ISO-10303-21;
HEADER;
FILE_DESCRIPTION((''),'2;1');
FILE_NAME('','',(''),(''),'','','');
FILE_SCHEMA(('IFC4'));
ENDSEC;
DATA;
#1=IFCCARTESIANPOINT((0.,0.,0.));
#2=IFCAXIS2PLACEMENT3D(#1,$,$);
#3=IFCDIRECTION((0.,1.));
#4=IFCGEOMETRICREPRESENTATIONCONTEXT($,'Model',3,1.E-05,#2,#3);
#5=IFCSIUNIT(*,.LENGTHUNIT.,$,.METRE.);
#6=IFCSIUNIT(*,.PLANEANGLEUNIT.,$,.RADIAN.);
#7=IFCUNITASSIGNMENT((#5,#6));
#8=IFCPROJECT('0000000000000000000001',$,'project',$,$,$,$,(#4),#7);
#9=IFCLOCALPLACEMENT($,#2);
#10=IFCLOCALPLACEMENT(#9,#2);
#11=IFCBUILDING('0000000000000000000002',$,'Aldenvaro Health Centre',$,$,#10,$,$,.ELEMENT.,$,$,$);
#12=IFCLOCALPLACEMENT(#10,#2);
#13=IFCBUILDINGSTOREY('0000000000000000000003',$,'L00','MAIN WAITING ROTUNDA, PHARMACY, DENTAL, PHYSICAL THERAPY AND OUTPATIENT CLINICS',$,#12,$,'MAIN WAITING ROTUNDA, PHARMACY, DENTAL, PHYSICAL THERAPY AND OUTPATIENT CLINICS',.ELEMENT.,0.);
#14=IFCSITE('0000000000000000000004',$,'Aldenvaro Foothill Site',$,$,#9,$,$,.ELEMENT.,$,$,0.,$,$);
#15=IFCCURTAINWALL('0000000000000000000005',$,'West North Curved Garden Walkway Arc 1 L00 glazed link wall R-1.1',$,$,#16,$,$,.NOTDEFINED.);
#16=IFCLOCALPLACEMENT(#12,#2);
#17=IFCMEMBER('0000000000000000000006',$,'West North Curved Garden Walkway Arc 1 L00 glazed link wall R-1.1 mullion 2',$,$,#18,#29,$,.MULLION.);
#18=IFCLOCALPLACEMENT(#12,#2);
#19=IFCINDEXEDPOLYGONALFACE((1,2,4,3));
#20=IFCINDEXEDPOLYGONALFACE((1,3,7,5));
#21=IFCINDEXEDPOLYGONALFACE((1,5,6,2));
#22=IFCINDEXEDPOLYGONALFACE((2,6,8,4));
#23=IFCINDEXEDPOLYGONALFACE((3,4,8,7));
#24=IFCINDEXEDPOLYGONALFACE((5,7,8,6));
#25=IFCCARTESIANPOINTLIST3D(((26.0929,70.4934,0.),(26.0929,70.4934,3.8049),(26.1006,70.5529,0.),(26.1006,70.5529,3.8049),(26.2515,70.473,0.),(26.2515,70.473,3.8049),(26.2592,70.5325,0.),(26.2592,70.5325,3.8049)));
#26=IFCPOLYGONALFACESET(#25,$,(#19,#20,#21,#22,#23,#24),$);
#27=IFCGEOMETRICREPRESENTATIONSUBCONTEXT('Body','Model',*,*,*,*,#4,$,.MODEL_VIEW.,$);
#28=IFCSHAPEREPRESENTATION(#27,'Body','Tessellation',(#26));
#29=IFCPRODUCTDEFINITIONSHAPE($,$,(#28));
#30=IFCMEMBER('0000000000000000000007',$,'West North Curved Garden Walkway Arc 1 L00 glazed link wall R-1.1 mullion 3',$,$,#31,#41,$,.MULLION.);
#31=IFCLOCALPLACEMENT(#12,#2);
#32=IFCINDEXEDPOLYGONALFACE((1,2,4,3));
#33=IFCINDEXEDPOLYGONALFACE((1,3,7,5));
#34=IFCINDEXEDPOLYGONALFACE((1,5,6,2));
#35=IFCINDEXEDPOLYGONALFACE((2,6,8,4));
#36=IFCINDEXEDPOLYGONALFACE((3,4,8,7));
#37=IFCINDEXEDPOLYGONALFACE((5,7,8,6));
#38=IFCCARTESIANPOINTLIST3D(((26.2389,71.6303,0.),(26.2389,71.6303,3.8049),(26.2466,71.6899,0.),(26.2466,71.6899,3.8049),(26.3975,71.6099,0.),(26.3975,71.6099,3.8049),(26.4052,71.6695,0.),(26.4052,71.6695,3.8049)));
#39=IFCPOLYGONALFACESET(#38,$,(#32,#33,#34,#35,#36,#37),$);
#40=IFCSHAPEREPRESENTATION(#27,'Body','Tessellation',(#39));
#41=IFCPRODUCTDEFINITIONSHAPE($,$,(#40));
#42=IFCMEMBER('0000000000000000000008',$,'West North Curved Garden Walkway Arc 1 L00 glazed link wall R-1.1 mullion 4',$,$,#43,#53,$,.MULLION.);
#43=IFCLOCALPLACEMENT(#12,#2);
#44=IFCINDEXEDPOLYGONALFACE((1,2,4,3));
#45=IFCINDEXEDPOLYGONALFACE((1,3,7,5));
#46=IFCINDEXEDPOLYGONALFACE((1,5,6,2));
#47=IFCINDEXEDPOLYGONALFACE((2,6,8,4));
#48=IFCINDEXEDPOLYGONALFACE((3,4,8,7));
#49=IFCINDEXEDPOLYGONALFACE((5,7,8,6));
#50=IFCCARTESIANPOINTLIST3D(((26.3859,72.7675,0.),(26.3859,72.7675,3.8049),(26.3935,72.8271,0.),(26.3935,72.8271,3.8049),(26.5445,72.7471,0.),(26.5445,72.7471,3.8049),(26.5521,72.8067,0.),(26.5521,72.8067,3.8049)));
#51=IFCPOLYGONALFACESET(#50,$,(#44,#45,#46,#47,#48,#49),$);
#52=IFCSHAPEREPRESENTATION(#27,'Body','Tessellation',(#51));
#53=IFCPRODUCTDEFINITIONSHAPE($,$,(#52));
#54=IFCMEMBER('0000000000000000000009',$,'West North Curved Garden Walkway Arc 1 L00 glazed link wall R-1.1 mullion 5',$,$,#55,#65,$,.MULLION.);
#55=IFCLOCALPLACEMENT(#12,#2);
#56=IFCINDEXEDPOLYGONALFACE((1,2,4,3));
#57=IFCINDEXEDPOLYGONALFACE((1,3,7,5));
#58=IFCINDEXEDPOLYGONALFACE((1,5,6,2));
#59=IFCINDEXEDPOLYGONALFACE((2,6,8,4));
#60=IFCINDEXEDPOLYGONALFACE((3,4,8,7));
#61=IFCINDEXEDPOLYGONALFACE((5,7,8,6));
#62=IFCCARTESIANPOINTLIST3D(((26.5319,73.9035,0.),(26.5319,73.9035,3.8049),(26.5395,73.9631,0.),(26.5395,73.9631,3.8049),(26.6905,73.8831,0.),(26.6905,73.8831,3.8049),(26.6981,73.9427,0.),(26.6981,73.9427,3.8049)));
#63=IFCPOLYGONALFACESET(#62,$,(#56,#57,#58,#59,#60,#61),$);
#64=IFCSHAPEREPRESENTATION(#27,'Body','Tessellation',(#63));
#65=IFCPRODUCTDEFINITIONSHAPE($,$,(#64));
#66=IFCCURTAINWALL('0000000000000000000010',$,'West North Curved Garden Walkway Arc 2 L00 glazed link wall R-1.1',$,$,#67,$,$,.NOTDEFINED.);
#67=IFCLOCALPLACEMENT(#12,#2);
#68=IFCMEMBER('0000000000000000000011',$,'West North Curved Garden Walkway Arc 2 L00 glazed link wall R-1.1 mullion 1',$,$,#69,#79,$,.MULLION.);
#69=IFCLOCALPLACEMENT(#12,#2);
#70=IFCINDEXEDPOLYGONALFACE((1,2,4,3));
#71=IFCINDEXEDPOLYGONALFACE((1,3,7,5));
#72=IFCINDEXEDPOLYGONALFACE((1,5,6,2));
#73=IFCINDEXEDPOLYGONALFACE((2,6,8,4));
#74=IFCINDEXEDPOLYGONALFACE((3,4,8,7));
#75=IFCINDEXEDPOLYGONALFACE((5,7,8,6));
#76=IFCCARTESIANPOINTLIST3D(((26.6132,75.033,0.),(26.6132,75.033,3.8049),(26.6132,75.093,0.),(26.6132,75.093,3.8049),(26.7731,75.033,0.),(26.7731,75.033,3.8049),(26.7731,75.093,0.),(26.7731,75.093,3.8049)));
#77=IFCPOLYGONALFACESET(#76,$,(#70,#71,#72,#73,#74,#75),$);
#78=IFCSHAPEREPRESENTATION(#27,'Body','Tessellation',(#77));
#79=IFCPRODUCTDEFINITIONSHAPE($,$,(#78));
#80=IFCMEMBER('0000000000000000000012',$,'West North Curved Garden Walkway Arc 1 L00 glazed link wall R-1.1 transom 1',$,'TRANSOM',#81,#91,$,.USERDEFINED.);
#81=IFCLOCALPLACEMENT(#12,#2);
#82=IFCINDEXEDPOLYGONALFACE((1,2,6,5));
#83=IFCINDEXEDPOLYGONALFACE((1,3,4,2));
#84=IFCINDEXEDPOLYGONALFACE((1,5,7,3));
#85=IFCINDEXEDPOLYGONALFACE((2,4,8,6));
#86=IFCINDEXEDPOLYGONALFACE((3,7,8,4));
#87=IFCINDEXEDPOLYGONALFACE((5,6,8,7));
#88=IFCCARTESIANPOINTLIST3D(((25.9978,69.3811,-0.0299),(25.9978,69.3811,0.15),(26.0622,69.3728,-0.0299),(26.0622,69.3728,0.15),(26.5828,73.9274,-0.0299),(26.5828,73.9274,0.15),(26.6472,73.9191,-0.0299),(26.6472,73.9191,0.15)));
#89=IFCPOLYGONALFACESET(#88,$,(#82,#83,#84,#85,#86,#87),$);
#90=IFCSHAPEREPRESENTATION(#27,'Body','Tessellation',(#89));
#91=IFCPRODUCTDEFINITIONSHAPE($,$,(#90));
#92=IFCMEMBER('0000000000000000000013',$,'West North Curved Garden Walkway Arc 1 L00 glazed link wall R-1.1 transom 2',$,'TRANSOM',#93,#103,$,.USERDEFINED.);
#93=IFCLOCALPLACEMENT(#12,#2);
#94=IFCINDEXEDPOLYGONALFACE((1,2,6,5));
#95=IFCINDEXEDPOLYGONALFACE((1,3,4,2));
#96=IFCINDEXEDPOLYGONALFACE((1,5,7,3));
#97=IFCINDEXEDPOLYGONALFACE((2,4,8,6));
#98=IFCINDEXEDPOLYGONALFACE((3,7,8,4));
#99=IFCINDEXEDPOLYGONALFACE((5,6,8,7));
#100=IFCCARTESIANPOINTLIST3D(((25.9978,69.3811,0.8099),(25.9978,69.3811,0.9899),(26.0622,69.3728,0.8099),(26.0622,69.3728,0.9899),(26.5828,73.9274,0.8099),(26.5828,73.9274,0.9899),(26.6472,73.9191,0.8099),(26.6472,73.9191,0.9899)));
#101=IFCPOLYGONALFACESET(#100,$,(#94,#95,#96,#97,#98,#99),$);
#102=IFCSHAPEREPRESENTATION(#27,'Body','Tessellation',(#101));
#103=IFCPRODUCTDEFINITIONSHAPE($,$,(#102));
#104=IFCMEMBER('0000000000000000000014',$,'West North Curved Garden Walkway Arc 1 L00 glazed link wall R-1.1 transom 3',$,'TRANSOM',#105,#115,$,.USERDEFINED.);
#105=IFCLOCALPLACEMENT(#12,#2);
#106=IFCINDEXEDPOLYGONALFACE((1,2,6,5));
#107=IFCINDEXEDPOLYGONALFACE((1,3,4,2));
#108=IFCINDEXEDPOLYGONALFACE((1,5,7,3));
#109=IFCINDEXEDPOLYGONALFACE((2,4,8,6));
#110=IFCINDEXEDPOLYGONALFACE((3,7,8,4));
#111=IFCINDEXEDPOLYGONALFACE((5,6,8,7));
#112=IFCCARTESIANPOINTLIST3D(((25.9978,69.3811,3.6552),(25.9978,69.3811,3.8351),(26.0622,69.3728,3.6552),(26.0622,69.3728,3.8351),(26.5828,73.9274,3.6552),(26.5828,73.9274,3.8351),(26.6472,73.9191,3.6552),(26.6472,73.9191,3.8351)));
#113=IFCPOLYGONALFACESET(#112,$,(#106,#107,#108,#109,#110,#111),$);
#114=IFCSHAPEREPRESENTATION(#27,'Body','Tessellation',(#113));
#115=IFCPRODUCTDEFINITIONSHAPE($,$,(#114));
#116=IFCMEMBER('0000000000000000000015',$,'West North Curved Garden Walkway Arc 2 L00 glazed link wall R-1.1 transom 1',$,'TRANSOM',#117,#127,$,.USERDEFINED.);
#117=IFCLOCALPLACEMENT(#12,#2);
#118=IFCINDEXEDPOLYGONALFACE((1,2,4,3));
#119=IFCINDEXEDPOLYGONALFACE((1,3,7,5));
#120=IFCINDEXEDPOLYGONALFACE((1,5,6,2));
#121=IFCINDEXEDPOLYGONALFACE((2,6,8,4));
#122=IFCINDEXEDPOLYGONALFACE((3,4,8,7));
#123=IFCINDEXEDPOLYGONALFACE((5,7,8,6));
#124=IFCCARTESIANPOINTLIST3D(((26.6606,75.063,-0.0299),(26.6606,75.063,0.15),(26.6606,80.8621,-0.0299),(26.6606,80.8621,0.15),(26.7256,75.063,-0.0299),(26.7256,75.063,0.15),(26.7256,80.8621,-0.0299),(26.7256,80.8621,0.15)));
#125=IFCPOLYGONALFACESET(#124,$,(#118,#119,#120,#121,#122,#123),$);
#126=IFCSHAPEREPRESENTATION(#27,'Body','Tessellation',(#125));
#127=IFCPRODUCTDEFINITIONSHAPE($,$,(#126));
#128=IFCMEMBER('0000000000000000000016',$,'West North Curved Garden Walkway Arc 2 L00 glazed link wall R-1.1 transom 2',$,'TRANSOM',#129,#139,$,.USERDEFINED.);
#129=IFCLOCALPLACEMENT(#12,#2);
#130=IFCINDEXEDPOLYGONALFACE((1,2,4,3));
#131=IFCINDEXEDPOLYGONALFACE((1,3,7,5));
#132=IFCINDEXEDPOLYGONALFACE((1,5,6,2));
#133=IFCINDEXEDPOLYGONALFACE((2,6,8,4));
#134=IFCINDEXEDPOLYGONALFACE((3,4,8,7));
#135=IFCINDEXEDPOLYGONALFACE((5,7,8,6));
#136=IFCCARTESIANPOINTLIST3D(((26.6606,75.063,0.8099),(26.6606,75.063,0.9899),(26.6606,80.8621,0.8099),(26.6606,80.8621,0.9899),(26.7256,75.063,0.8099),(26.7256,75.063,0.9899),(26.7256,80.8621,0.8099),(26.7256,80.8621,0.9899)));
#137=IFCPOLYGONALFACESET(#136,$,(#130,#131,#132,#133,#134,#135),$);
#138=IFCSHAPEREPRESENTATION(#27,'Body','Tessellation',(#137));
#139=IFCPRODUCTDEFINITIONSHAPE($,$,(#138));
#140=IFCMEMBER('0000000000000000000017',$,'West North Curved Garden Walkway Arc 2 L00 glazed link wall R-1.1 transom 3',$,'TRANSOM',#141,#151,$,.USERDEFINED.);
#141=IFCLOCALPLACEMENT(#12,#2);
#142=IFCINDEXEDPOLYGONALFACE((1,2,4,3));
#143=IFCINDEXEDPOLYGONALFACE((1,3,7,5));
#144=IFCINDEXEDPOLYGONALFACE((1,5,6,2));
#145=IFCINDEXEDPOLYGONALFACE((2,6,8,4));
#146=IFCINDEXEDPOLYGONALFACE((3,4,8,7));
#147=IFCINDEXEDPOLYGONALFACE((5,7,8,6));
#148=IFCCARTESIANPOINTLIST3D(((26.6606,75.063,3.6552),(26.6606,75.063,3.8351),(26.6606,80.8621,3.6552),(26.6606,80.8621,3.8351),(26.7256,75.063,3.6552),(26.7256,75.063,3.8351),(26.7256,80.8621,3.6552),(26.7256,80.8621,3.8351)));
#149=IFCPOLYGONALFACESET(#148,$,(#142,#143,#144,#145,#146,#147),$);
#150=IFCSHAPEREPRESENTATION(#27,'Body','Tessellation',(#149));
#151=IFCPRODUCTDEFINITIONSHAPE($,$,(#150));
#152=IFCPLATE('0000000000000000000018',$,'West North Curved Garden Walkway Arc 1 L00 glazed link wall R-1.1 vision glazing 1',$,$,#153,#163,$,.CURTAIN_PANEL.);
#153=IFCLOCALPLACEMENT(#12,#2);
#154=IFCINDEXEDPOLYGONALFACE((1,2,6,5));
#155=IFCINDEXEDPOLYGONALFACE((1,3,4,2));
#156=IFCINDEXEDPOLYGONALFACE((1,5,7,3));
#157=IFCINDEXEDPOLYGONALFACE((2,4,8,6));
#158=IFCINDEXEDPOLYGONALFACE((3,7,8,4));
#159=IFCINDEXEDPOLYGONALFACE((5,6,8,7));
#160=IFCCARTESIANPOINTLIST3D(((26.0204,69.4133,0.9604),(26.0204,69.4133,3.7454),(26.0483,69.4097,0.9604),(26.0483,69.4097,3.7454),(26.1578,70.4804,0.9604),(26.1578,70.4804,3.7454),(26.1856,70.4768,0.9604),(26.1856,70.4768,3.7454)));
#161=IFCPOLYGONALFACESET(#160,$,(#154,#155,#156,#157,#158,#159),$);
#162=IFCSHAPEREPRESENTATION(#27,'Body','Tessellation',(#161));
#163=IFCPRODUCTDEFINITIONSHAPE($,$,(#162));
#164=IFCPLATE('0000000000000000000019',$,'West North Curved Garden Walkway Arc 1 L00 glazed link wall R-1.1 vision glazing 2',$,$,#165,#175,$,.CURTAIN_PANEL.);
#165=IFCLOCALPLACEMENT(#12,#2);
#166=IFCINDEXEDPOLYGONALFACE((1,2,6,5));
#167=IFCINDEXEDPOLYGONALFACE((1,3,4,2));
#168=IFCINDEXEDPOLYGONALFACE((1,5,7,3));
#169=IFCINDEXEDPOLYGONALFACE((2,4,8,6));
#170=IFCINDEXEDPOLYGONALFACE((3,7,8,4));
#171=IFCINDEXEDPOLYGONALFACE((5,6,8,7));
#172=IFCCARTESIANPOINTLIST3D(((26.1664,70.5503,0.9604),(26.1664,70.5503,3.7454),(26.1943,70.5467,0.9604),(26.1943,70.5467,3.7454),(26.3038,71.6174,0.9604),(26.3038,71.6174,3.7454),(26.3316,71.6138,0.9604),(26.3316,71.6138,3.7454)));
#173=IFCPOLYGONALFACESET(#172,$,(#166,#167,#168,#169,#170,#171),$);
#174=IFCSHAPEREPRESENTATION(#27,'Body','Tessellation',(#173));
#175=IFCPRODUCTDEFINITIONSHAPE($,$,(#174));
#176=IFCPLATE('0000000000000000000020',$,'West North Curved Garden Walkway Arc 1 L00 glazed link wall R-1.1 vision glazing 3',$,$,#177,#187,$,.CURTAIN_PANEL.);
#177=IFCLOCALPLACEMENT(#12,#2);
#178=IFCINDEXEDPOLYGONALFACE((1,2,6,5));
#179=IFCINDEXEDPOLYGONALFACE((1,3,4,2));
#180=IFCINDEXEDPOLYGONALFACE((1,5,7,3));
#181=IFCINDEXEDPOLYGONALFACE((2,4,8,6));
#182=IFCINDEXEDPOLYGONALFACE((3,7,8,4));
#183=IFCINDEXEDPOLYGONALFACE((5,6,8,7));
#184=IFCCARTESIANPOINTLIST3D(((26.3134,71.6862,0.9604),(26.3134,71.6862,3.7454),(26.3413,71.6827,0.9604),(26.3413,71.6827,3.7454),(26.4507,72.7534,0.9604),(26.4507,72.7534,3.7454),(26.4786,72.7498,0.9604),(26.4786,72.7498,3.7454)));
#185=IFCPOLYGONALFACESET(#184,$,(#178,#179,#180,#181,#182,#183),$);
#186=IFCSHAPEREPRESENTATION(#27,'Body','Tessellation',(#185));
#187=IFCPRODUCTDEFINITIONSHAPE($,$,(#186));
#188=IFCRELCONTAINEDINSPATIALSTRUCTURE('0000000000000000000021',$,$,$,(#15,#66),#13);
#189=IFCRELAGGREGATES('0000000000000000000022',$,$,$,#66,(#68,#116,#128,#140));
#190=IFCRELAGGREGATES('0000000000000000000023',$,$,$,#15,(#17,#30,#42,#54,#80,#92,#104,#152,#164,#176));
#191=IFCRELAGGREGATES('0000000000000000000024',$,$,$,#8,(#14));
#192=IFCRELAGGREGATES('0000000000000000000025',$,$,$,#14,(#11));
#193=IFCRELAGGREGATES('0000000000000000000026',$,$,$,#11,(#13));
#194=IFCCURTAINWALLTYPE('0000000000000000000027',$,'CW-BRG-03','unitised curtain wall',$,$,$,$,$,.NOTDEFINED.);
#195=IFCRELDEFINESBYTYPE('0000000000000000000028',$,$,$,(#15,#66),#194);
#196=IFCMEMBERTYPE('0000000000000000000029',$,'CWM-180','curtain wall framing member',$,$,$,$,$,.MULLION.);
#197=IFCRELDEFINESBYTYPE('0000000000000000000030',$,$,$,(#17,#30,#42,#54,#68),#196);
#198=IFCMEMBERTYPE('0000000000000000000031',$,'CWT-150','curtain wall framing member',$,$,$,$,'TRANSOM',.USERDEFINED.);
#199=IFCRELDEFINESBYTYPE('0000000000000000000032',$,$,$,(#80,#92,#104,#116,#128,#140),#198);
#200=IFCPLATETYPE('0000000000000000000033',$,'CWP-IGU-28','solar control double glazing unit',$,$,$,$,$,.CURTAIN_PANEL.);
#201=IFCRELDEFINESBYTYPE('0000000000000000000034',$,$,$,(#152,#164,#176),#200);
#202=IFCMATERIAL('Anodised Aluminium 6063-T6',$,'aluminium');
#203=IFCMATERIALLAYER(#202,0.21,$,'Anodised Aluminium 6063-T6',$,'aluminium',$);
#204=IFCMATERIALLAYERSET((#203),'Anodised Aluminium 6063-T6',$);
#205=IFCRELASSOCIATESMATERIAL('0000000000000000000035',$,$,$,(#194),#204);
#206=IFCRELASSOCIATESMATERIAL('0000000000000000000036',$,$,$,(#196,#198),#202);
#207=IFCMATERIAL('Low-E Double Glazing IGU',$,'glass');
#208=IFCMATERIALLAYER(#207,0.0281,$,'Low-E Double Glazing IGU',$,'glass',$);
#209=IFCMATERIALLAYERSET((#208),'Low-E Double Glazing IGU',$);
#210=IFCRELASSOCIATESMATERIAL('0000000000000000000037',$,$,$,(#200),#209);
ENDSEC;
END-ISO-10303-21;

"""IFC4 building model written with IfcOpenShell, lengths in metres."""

from ifc_helpers import new_model, si_unit, direction, frame, origin, origin_2d, place, context, subcontext, project, spatial, rectangle, extrude, material, layer, layer_set, material_profile, profile_set, type_object, element, aggregate, save


model = new_model("IFC4")

# Units and contexts
model_context = context("Model", 3, precision=1e-05, world=origin(), true_north=direction((0.0, 1.0)))
body_context = subcontext(model_context, "Body", "Model", "MODEL_VIEW")
ifc_project = project(units=[si_unit("LENGTHUNIT", "METRE"), si_unit("PLANEANGLEUNIT", "RADIAN")], contexts=[model_context])

# Site, building, storey
site_placement = place(None, origin())
site = spatial("IfcSite", under=ifc_project, at=site_placement, Name="Aldenvaro Foothill Site", CompositionType="ELEMENT", RefElevation=0.0)
building_placement = place(site_placement, origin())
building = spatial("IfcBuilding", under=site, at=building_placement, Name="Aldenvaro Health Centre", CompositionType="ELEMENT")
storey_placement = place(building_placement, origin())
storey = spatial("IfcBuildingStorey", under=building, at=storey_placement, Name="L00", Description="MAIN WAITING ROTUNDA, PHARMACY, DENTAL, PHYSICAL THERAPY AND OUTPATIENT CLINICS", LongName="MAIN WAITING ROTUNDA, PHARMACY, DENTAL, PHYSICAL THERAPY AND OUTPATIENT CLINICS", CompositionType="ELEMENT", Elevation=0.0)

# Curtain wall, members
ifc_material_1 = material(Name="Anodised Aluminium 6063-T6", Category="aluminium")
ifc_layer_1 = layer(ifc_material_1, 0.21, Name="Anodised Aluminium 6063-T6", Category="aluminium")
ifc_layer_set_1 = layer_set([ifc_layer_1], Name="Anodised Aluminium 6063-T6")
curtain_wall_type = type_object("IfcCurtainWallType", Name="CW-BRG-03", Description="unitised curtain wall", PredefinedType="NOTDEFINED", material=ifc_layer_set_1)
curtain_wall_1_placement = place(storey_placement, origin())
curtain_wall_1 = element("IfcCurtainWall", 1, at=curtain_wall_1_placement, inside=storey, type_object=curtain_wall_type, Name="West North Curved Garden Walkway Arc 1 L00 glazed link wall R-1.1", PredefinedType="NOTDEFINED")
ifc_material_profile_1 = material_profile(ifc_material_1, rectangle(XDim=0.0601, YDim=0.1599, at=origin_2d()), Name="ALU 60x160", Category="aluminium")
ifc_profile_set_1 = profile_set([ifc_material_profile_1], Name="Anodised Aluminium 6063-T6")
member_type_1 = type_object("IfcMemberType", Name="CWM-180", Description="curtain wall framing member", PredefinedType="MULLION", material=ifc_profile_set_1)
member_1_placement = place(storey_placement, frame((26.176, 70.5129, 0.0), z_axis=(0.0, 0.0, 1.0), x_axis=(0.127632, 0.991822, 0.0)))
member_1 = element("IfcMember", 2, at=member_1_placement, type_object=member_type_1, Name="West North Curved Garden Walkway Arc 1 L00 glazed link wall R-1.1 mullion 2", PredefinedType="MULLION", context=body_context, shape_type="SweptSolid", body=[
    extrude(rectangle(XDim=0.0601, YDim=0.1599, at=origin_2d()), origin(), (0.0, 0.0, 1.0), 3.8049),
])
member_2_placement = place(storey_placement, frame((26.322, 71.6499, 0.0), z_axis=(0.0, 0.0, 1.0), x_axis=(0.127632, 0.991822, 0.0)))
member_2 = element("IfcMember", 3, at=member_2_placement, type_object=member_type_1, Name="West North Curved Garden Walkway Arc 1 L00 glazed link wall R-1.1 mullion 3", PredefinedType="MULLION", context=body_context, shape_type="SweptSolid", body=[
    extrude(rectangle(XDim=0.0601, YDim=0.1599, at=origin_2d()), origin(), (0.0, 0.0, 1.0), 3.8049),
])
member_3_placement = place(storey_placement, frame((26.469, 72.7871, 0.0), z_axis=(0.0, 0.0, 1.0), x_axis=(0.127632, 0.991822, 0.0)))
member_3 = element("IfcMember", 4, at=member_3_placement, type_object=member_type_1, Name="West North Curved Garden Walkway Arc 1 L00 glazed link wall R-1.1 mullion 4", PredefinedType="MULLION", context=body_context, shape_type="SweptSolid", body=[
    extrude(rectangle(XDim=0.0601, YDim=0.1599, at=origin_2d()), origin(), (0.0, 0.0, 1.0), 3.8049),
])
member_4_placement = place(storey_placement, frame((26.615, 73.9231, 0.0), z_axis=(0.0, 0.0, 1.0), x_axis=(0.127632, 0.991822, 0.0)))
member_4 = element("IfcMember", 5, at=member_4_placement, type_object=member_type_1, Name="West North Curved Garden Walkway Arc 1 L00 glazed link wall R-1.1 mullion 5", PredefinedType="MULLION", context=body_context, shape_type="SweptSolid", body=[
    extrude(rectangle(XDim=0.0601, YDim=0.1599, at=origin_2d()), origin(), (0.0, 0.0, 1.0), 3.8049),
])

# Curtain wall, member
curtain_wall_2_placement = place(storey_placement, origin())
curtain_wall_2 = element("IfcCurtainWall", 6, at=curtain_wall_2_placement, inside=storey, type_object=curtain_wall_type, Name="West North Curved Garden Walkway Arc 2 L00 glazed link wall R-1.1", PredefinedType="NOTDEFINED")
member_5_placement = place(storey_placement, frame((26.6931, 75.063, 0.0), z_axis=(0.0, 0.0, 1.0), x_axis=(0.0, 1.0, 0.0)))
member_5 = element("IfcMember", 7, at=member_5_placement, type_object=member_type_1, Name="West North Curved Garden Walkway Arc 2 L00 glazed link wall R-1.1 mullion 1", PredefinedType="MULLION", context=body_context, shape_type="SweptSolid", body=[
    extrude(rectangle(XDim=0.0601, YDim=0.1599, at=origin_2d()), origin(), (0.0, 0.0, 1.0), 3.8049),
])

# Members
ifc_material_profile_2 = material_profile(ifc_material_1, rectangle(XDim=0.0649, YDim=0.1799, at=origin_2d()), Name="ALU 65x180", Category="aluminium")
ifc_profile_set_2 = profile_set([ifc_material_profile_2], Name="Anodised Aluminium 6063-T6")
member_type_2 = type_object("IfcMemberType", Name="CWT-150", Description="curtain wall framing member", ElementType="TRANSOM", PredefinedType="USERDEFINED", material=ifc_profile_set_2)
member_6_placement = place(storey_placement, frame((26.03, 69.377, 0.0601), z_axis=(0.12762, 0.991823, 0.0), x_axis=(-0.991823, 0.12762, 0.0)))
member_6 = element("IfcMember", 8, at=member_6_placement, type_object=member_type_2, Name="West North Curved Garden Walkway Arc 1 L00 glazed link wall R-1.1 transom 1", ObjectType="TRANSOM", PredefinedType="USERDEFINED", context=body_context, shape_type="SweptSolid", body=[
    extrude(rectangle(XDim=0.0649, YDim=0.1799, at=origin_2d()), origin(), (0.0, 0.0, 1.0), 4.5837),
])
member_7_placement = place(storey_placement, frame((26.03, 69.377, 0.8999), z_axis=(0.12762, 0.991823, 0.0), x_axis=(-0.991823, 0.12762, 0.0)))
member_7 = element("IfcMember", 9, at=member_7_placement, type_object=member_type_2, Name="West North Curved Garden Walkway Arc 1 L00 glazed link wall R-1.1 transom 2", ObjectType="TRANSOM", PredefinedType="USERDEFINED", context=body_context, shape_type="SweptSolid", body=[
    extrude(rectangle(XDim=0.0649, YDim=0.1799, at=origin_2d()), origin(), (0.0, 0.0, 1.0), 4.5837),
])
member_8_placement = place(storey_placement, frame((26.03, 69.377, 3.7451), z_axis=(0.12762, 0.991823, 0.0), x_axis=(-0.991823, 0.12762, 0.0)))
member_8 = element("IfcMember", 10, at=member_8_placement, type_object=member_type_2, Name="West North Curved Garden Walkway Arc 1 L00 glazed link wall R-1.1 transom 3", ObjectType="TRANSOM", PredefinedType="USERDEFINED", context=body_context, shape_type="SweptSolid", body=[
    extrude(rectangle(XDim=0.0649, YDim=0.1799, at=origin_2d()), origin(), (0.0, 0.0, 1.0), 4.5837),
])
member_9_placement = place(storey_placement, frame((26.6931, 75.063, 0.0601), z_axis=(0.0, 1.0, 0.0), x_axis=(-1.0, 0.0, 0.0)))
member_9 = element("IfcMember", 11, at=member_9_placement, type_object=member_type_2, Name="West North Curved Garden Walkway Arc 2 L00 glazed link wall R-1.1 transom 1", ObjectType="TRANSOM", PredefinedType="USERDEFINED", context=body_context, shape_type="SweptSolid", body=[
    extrude(rectangle(XDim=0.0649, YDim=0.1799, at=origin_2d()), origin(), (0.0, 0.0, 1.0), 5.7991),
])
member_10_placement = place(storey_placement, frame((26.6931, 75.063, 0.8999), z_axis=(0.0, 1.0, 0.0), x_axis=(-1.0, 0.0, 0.0)))
member_10 = element("IfcMember", 12, at=member_10_placement, type_object=member_type_2, Name="West North Curved Garden Walkway Arc 2 L00 glazed link wall R-1.1 transom 2", ObjectType="TRANSOM", PredefinedType="USERDEFINED", context=body_context, shape_type="SweptSolid", body=[
    extrude(rectangle(XDim=0.0649, YDim=0.1799, at=origin_2d()), origin(), (0.0, 0.0, 1.0), 5.7991),
])
member_11_placement = place(storey_placement, frame((26.6931, 75.063, 3.7451), z_axis=(0.0, 1.0, 0.0), x_axis=(-1.0, 0.0, 0.0)))
member_11 = element("IfcMember", 13, at=member_11_placement, type_object=member_type_2, Name="West North Curved Garden Walkway Arc 2 L00 glazed link wall R-1.1 transom 3", ObjectType="TRANSOM", PredefinedType="USERDEFINED", context=body_context, shape_type="SweptSolid", body=[
    extrude(rectangle(XDim=0.0649, YDim=0.1799, at=origin_2d()), origin(), (0.0, 0.0, 1.0), 5.7991),
])
aggregate(curtain_wall_2, [member_5, member_9, member_10, member_11])

# Plates
ifc_material_2 = material(Name="Low-E Double Glazing IGU", Category="glass")
ifc_layer_2 = layer(ifc_material_2, 0.0281, Name="Low-E Double Glazing IGU", Category="glass")
ifc_layer_set_2 = layer_set([ifc_layer_2], Name="Low-E Double Glazing IGU")
plate_type_1 = type_object("IfcPlateType", Name="CWP-IGU-28", Description="solar control double glazing unit", PredefinedType="CURTAIN_PANEL", material=ifc_layer_set_2)
plate_1_placement = place(storey_placement, frame((26.103, 69.9451, 0.9604), z_axis=(0.0, 0.0, 1.0), x_axis=(0.127632, 0.991822, 0.0)))
plate_1 = element("IfcPlate", 14, at=plate_1_placement, type_object=plate_type_1, Name="West North Curved Garden Walkway Arc 1 L00 glazed link wall R-1.1 vision glazing 1", PredefinedType="CURTAIN_PANEL", context=body_context, shape_type="SweptSolid", body=[
    extrude(rectangle(XDim=1.0759, YDim=0.0281, at=origin_2d()), origin(), (0.0, 0.0, 1.0), 2.7849),
])
plate_2_placement = place(storey_placement, frame((26.249, 71.082, 0.9604), z_axis=(0.0, 0.0, 1.0), x_axis=(0.127632, 0.991822, 0.0)))
plate_2 = element("IfcPlate", 15, at=plate_2_placement, type_object=plate_type_1, Name="West North Curved Garden Walkway Arc 1 L00 glazed link wall R-1.1 vision glazing 2", PredefinedType="CURTAIN_PANEL", context=body_context, shape_type="SweptSolid", body=[
    extrude(rectangle(XDim=1.0759, YDim=0.0281, at=origin_2d()), origin(), (0.0, 0.0, 1.0), 2.7849),
])
plate_3_placement = place(storey_placement, frame((26.396, 72.218, 0.9604), z_axis=(0.0, 0.0, 1.0), x_axis=(0.127632, 0.991822, 0.0)))
plate_3 = element("IfcPlate", 16, at=plate_3_placement, type_object=plate_type_1, Name="West North Curved Garden Walkway Arc 1 L00 glazed link wall R-1.1 vision glazing 3", PredefinedType="CURTAIN_PANEL", context=body_context, shape_type="SweptSolid", body=[
    extrude(rectangle(XDim=1.0759, YDim=0.0281, at=origin_2d()), origin(), (0.0, 0.0, 1.0), 2.7849),
])
aggregate(curtain_wall_1, [member_1, member_2, member_3, member_4, member_6, member_7, member_8, plate_1, plate_2, plate_3])

save(model, "model.ifc")
